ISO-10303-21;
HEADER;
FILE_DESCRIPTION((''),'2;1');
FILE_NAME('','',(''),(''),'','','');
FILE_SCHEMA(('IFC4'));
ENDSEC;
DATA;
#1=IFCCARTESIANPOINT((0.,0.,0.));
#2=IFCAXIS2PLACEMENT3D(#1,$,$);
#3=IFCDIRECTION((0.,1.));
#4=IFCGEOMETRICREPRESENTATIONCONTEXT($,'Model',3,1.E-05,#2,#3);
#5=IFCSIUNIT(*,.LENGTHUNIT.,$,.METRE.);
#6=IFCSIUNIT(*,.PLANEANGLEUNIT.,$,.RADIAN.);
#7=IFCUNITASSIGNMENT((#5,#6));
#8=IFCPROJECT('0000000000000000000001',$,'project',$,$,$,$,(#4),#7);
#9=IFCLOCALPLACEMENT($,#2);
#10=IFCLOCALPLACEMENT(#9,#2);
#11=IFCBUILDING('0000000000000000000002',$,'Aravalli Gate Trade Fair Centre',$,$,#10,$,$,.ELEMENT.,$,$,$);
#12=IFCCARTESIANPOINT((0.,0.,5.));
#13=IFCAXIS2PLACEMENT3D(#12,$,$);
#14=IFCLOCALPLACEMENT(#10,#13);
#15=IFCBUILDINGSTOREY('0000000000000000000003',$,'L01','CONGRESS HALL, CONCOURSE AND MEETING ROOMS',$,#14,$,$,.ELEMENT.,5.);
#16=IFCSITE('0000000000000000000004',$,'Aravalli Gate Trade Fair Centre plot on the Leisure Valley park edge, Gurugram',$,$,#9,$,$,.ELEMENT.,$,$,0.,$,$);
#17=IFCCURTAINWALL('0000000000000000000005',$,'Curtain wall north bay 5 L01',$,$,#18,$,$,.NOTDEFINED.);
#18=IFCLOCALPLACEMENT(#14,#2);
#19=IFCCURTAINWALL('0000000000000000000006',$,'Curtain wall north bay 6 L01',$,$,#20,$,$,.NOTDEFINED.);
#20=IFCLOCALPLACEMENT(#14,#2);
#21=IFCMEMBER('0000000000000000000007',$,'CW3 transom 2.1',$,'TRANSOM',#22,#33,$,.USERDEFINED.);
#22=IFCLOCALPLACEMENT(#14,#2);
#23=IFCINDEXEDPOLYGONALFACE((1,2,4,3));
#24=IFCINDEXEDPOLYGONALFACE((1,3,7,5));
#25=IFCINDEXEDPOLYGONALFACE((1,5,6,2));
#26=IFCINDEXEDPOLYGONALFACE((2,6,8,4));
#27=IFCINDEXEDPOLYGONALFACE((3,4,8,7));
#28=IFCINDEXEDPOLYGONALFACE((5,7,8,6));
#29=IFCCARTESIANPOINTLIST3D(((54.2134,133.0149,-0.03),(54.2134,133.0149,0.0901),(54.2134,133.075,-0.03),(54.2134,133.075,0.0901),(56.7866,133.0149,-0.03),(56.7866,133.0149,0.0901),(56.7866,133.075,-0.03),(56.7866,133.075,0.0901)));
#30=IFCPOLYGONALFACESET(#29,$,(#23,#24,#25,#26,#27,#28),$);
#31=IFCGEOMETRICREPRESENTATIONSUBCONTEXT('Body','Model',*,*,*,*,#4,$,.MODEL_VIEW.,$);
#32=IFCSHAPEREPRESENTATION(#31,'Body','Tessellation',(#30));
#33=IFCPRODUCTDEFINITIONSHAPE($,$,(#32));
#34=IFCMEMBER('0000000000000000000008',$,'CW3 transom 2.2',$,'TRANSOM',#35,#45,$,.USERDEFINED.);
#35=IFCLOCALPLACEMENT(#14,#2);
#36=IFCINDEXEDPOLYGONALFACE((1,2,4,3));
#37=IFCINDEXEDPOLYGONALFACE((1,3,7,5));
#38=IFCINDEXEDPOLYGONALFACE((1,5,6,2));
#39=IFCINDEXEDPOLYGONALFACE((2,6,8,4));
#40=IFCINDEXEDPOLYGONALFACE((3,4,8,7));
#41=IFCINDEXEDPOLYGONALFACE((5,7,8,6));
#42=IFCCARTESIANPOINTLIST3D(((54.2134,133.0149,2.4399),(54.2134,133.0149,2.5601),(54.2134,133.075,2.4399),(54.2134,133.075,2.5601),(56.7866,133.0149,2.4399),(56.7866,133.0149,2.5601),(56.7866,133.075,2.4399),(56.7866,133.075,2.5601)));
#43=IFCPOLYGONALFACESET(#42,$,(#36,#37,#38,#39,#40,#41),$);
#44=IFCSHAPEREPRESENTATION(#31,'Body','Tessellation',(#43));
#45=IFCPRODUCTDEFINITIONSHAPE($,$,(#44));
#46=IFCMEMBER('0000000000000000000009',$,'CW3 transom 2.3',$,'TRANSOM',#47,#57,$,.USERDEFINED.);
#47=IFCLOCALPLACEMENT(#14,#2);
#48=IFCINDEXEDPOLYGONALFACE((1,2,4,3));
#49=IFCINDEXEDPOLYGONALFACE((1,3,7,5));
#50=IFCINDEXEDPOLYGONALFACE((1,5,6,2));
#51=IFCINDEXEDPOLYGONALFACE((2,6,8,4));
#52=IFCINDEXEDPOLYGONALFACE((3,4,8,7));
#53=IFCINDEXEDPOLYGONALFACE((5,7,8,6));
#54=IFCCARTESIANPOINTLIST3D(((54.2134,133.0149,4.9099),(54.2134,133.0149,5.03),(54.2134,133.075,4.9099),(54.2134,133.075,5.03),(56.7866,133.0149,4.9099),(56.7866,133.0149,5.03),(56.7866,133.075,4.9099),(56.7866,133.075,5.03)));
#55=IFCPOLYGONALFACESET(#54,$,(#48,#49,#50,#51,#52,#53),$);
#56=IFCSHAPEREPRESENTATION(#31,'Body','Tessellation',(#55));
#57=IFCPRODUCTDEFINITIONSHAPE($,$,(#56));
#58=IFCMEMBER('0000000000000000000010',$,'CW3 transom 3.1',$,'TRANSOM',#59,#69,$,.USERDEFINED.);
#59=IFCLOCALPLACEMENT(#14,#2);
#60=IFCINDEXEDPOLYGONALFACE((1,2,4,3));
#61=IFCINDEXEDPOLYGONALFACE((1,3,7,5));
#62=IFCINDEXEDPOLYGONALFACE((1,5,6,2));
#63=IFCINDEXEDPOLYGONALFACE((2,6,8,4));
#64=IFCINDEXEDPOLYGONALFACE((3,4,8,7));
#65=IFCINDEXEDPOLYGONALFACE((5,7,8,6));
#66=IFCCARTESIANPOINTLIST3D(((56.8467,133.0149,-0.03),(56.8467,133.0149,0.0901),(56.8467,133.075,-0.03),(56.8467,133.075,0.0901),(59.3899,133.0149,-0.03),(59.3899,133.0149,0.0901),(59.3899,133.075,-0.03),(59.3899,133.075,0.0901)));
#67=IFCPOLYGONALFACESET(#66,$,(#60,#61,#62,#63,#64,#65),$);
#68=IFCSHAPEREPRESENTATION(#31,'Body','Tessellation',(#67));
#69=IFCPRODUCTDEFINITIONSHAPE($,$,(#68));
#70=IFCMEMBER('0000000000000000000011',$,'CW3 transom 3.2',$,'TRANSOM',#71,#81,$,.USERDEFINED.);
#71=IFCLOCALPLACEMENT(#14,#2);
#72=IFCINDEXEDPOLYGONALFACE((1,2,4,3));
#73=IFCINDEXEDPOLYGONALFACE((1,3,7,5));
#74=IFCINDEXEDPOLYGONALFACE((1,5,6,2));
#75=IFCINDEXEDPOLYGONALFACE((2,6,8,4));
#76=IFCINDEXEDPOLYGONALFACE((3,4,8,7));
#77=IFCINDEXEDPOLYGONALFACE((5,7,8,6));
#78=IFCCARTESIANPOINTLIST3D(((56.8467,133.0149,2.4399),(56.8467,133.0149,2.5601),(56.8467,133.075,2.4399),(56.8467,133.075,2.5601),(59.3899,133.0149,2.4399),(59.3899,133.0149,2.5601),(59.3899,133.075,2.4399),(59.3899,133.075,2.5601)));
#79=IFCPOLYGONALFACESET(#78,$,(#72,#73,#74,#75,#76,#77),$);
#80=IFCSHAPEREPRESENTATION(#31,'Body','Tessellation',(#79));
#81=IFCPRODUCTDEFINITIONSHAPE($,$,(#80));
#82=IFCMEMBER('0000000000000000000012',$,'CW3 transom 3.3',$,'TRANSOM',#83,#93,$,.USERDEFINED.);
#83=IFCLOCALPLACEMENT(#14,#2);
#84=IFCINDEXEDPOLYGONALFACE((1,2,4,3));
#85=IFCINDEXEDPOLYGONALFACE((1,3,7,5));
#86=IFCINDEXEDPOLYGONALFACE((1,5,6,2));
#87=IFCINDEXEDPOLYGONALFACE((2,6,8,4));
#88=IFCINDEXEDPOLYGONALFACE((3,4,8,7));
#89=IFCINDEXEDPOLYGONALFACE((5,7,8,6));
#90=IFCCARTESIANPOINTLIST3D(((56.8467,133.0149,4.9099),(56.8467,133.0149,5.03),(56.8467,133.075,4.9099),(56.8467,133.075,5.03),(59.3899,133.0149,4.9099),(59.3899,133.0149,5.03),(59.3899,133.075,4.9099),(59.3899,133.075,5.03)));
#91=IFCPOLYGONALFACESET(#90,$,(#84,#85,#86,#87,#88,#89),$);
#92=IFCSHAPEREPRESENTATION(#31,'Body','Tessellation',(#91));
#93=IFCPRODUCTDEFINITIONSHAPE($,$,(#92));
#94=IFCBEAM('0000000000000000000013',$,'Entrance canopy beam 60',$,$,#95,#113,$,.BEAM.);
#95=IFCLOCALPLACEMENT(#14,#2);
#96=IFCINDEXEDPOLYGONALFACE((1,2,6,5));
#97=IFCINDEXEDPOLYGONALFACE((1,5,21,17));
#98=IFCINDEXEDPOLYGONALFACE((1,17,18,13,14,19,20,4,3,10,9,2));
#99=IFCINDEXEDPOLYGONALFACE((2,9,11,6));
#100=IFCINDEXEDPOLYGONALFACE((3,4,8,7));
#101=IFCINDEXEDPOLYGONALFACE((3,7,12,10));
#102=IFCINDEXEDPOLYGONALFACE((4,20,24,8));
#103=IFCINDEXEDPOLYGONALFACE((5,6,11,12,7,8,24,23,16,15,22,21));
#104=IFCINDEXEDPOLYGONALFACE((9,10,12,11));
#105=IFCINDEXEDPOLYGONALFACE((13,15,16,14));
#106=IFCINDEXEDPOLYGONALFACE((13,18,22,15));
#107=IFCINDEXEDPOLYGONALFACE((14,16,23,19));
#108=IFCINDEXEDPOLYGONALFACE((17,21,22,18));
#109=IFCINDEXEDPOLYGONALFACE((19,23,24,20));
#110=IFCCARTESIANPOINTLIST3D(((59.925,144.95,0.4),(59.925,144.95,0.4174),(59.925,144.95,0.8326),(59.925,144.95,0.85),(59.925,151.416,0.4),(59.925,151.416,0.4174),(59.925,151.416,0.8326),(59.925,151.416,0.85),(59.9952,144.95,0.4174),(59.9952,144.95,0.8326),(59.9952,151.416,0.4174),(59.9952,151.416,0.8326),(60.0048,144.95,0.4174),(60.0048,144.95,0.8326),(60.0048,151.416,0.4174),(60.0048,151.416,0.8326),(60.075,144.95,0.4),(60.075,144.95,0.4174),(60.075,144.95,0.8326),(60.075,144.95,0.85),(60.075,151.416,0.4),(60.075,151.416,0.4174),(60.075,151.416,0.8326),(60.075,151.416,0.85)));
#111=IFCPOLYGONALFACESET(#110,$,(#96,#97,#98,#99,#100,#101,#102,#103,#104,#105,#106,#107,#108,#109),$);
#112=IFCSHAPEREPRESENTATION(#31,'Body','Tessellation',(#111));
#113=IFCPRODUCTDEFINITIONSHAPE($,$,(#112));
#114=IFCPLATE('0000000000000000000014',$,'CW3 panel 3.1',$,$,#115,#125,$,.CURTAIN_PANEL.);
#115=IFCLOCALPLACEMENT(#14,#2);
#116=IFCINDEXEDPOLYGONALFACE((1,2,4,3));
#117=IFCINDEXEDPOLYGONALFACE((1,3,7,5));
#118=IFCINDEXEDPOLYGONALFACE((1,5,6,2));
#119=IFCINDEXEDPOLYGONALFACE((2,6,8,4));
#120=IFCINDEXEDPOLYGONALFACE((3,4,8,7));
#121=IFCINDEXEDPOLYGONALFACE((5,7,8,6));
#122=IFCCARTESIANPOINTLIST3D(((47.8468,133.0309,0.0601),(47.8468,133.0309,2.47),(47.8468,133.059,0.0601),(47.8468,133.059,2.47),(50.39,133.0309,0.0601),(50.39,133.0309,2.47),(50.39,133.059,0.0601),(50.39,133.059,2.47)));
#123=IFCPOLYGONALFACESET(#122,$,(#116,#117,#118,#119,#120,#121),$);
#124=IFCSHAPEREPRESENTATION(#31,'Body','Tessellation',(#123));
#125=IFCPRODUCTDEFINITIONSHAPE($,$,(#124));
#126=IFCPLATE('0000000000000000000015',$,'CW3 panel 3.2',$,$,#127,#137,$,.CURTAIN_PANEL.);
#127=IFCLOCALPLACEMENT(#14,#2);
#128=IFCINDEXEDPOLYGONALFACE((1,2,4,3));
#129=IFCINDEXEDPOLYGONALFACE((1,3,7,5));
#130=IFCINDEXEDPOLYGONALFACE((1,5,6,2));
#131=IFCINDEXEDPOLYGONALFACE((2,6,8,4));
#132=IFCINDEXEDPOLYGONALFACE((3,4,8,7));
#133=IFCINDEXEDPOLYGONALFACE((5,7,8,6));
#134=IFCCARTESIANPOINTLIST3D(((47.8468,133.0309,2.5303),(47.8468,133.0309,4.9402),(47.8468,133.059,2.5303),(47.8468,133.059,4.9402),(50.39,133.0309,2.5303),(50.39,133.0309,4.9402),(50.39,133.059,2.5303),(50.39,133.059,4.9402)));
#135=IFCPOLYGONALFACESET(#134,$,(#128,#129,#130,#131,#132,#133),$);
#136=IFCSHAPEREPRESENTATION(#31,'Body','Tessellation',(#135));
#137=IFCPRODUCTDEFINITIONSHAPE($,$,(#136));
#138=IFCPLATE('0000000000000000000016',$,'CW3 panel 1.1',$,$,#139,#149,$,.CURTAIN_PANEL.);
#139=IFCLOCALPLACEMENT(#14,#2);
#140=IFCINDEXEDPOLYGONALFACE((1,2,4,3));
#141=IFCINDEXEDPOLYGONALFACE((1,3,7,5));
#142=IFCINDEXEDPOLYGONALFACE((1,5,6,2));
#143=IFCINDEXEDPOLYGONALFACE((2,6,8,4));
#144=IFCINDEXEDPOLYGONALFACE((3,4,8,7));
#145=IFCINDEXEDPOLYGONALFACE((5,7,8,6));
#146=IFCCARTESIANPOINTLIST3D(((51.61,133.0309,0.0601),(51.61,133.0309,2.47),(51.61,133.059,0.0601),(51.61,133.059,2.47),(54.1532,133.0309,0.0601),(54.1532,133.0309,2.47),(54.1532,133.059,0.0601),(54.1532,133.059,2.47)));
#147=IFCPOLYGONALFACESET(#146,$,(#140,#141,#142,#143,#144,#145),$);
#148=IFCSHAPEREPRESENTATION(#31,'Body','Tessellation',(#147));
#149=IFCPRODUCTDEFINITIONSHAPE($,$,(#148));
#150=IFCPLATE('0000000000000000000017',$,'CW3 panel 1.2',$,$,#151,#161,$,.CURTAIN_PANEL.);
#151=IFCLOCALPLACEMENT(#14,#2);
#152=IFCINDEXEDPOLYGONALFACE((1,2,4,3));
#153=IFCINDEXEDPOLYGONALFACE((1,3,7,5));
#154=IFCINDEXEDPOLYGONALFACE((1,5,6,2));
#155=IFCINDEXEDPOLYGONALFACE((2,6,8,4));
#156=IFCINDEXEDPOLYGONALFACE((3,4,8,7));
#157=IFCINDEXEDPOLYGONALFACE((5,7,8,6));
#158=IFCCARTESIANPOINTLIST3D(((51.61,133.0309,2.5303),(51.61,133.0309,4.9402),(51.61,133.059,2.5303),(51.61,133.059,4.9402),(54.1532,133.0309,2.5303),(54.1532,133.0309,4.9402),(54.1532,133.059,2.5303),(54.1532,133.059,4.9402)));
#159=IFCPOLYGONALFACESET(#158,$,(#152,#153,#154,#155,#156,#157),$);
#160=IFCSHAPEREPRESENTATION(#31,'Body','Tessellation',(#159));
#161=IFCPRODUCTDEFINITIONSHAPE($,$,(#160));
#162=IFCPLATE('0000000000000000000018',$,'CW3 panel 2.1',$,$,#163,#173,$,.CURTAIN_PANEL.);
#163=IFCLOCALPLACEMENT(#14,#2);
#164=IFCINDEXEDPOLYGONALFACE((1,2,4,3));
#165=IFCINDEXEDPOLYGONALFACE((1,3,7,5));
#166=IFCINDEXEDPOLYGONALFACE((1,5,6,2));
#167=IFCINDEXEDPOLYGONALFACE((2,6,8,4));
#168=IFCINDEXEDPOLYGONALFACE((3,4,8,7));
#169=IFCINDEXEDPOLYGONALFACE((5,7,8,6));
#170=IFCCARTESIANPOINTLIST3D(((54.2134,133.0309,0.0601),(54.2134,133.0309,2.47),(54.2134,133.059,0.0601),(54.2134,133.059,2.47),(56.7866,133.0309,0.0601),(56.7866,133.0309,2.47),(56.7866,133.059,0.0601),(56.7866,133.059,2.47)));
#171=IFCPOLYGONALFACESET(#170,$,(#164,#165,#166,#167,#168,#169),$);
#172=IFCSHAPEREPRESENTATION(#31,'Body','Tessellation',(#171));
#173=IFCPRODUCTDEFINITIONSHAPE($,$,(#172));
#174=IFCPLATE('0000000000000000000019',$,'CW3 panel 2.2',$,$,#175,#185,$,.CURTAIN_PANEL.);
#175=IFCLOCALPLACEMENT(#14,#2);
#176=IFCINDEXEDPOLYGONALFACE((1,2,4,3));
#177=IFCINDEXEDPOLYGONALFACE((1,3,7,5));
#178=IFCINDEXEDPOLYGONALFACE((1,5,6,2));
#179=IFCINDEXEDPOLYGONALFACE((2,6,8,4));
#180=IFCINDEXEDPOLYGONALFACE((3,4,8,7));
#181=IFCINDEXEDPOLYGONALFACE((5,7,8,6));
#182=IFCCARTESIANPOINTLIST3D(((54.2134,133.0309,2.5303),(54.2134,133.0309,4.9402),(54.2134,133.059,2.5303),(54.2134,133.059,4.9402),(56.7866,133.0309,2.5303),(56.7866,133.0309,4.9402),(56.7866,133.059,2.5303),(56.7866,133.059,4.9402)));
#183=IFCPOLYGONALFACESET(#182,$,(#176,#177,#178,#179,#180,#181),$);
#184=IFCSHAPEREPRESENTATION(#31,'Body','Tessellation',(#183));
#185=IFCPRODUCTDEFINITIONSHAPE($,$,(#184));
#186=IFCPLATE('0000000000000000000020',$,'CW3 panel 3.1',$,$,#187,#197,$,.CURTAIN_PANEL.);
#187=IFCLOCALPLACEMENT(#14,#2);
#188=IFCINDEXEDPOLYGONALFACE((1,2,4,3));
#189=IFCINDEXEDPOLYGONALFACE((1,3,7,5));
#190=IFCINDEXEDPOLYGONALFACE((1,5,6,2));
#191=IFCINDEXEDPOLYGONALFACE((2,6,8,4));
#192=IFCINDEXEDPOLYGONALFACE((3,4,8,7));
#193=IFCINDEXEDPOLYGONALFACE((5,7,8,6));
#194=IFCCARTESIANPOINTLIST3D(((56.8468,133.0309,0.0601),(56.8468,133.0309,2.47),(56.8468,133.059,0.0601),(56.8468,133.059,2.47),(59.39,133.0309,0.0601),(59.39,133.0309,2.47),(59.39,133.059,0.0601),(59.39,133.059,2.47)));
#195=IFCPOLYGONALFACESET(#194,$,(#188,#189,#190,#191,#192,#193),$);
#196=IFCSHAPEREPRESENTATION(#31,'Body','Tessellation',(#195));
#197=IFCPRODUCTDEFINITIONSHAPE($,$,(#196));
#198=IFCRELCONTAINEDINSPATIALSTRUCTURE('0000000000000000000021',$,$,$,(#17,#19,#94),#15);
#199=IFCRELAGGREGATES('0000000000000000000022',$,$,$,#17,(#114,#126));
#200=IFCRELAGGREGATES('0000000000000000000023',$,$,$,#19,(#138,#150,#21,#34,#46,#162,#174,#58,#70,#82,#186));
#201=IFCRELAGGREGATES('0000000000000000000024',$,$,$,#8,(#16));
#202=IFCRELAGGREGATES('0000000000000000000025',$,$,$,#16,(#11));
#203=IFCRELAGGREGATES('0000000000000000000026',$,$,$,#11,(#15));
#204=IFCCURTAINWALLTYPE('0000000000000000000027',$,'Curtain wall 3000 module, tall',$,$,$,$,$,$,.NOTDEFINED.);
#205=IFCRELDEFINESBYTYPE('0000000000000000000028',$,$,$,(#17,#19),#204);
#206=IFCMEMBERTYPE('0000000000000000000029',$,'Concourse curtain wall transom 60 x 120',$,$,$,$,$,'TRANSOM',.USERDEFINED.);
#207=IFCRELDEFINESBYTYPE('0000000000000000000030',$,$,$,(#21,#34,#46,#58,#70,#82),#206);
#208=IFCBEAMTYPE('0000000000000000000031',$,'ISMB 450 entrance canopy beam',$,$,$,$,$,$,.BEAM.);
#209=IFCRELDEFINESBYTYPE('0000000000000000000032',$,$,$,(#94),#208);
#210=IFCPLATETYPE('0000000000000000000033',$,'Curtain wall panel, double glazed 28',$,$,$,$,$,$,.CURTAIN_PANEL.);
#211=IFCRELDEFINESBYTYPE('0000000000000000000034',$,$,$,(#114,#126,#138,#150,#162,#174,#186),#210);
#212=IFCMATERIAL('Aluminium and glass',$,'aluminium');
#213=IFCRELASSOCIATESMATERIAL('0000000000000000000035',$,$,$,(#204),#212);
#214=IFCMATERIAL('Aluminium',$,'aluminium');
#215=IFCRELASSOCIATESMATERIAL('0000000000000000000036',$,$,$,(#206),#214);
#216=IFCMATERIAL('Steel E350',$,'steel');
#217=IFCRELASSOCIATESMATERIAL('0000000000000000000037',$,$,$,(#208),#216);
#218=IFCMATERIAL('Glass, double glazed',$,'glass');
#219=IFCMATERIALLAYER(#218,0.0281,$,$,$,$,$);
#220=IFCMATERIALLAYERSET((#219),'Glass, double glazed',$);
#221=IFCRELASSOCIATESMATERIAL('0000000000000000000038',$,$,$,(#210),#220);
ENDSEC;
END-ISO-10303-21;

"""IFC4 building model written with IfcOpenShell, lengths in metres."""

from ifc_helpers import new_model, si_unit, direction, frame, origin, origin_2d, place, context, subcontext, project, spatial, rectangle, i_section, extrude, material, layer, layer_set, material_profile, profile_set, type_object, element, aggregate, save


model = new_model("IFC4")

# Units and contexts
model_context = context("Model", 3, precision=1e-05, world=origin(), true_north=direction((0.0, 1.0)))
body_context = subcontext(model_context, "Body", "Model", "MODEL_VIEW")
ifc_project = project(units=[si_unit("LENGTHUNIT", "METRE"), si_unit("PLANEANGLEUNIT", "RADIAN")], contexts=[model_context])

# Site, building, storey
site_placement = place(None, origin())
site = spatial("IfcSite", under=ifc_project, at=site_placement, Name="Aravalli Gate Trade Fair Centre plot on the Leisure Valley park edge, Gurugram", CompositionType="ELEMENT", RefElevation=0.0)
building_placement = place(site_placement, origin())
building = spatial("IfcBuilding", under=site, at=building_placement, Name="Aravalli Gate Trade Fair Centre", CompositionType="ELEMENT")
storey_placement = place(building_placement, frame((0.0, 0.0, 5.0)))
storey = spatial("IfcBuildingStorey", under=building, at=storey_placement, Name="L01", Description="CONGRESS HALL, CONCOURSE AND MEETING ROOMS", CompositionType="ELEMENT", Elevation=5.0)

# Curtain walls
ifc_material_1 = material(Name="Aluminium and glass", Category="aluminium")
curtain_wall_type = type_object("IfcCurtainWallType", Name="Curtain wall 3000 module, tall", PredefinedType="NOTDEFINED", material=ifc_material_1)
curtain_wall_1_placement = place(storey_placement, origin())
curtain_wall_1 = element("IfcCurtainWall", 1, at=curtain_wall_1_placement, inside=storey, type_object=curtain_wall_type, Name="Curtain wall north bay 5 L01", PredefinedType="NOTDEFINED")
ifc_material_2 = material(Name="Aluminium", Category="aluminium")
curtain_wall_2_placement = place(storey_placement, origin())
curtain_wall_2 = element("IfcCurtainWall", 2, at=curtain_wall_2_placement, inside=storey, type_object=curtain_wall_type, Name="Curtain wall north bay 6 L01", PredefinedType="NOTDEFINED")

# Members
ifc_material_profile_1 = material_profile(ifc_material_2, rectangle(XDim=0.0601, YDim=0.1201, at=origin_2d()), Name="Concourse curtain wall transom 60 x 120")
ifc_profile_set_1 = profile_set([ifc_material_profile_1], Name="Aluminium")
member_type_1 = type_object("IfcMemberType", Name="Concourse curtain wall transom 60 x 120", ElementType="TRANSOM", PredefinedType="USERDEFINED", material=ifc_profile_set_1)
member_1_placement = place(storey_placement, frame((54.2134, 133.0449, 0.03), z_axis=(1.0, 0.0, 0.0), x_axis=(0.0, 1.0, 0.0)))
member_1 = element("IfcMember", 3, at=member_1_placement, type_object=member_type_1, Name="CW3 transom 2.1", ObjectType="TRANSOM", PredefinedType="USERDEFINED", context=body_context, shape_type="SweptSolid", body=[
    extrude(rectangle(XDim=0.0601, YDim=0.1201, at=origin_2d()), origin(), (0.0, 0.0, 1.0), 2.5732),
])
member_2_placement = place(storey_placement, frame((54.2134, 133.0449, 2.5), z_axis=(1.0, 0.0, 0.0), x_axis=(0.0, 1.0, 0.0)))
member_2 = element("IfcMember", 4, at=member_2_placement, type_object=member_type_1, Name="CW3 transom 2.2", ObjectType="TRANSOM", PredefinedType="USERDEFINED", context=body_context, shape_type="SweptSolid", body=[
    extrude(rectangle(XDim=0.0601, YDim=0.1201, at=origin_2d()), origin(), (0.0, 0.0, 1.0), 2.5732),
])
member_3_placement = place(storey_placement, frame((54.2134, 133.0449, 4.97), z_axis=(1.0, 0.0, 0.0), x_axis=(0.0, 1.0, 0.0)))
member_3 = element("IfcMember", 5, at=member_3_placement, type_object=member_type_1, Name="CW3 transom 2.3", ObjectType="TRANSOM", PredefinedType="USERDEFINED", context=body_context, shape_type="SweptSolid", body=[
    extrude(rectangle(XDim=0.0601, YDim=0.1201, at=origin_2d()), origin(), (0.0, 0.0, 1.0), 2.5732),
])
member_4_placement = place(storey_placement, frame((56.8467, 133.0449, 0.03), z_axis=(1.0, 0.0, 0.0), x_axis=(0.0, 1.0, 0.0)))
member_4 = element("IfcMember", 6, at=member_4_placement, type_object=member_type_1, Name="CW3 transom 3.1", ObjectType="TRANSOM", PredefinedType="USERDEFINED", context=body_context, shape_type="SweptSolid", body=[
    extrude(rectangle(XDim=0.0601, YDim=0.1201, at=origin_2d()), origin(), (0.0, 0.0, 1.0), 2.5432),
])
member_5_placement = place(storey_placement, frame((56.8467, 133.0449, 2.5), z_axis=(1.0, 0.0, 0.0), x_axis=(0.0, 1.0, 0.0)))
member_5 = element("IfcMember", 7, at=member_5_placement, type_object=member_type_1, Name="CW3 transom 3.2", ObjectType="TRANSOM", PredefinedType="USERDEFINED", context=body_context, shape_type="SweptSolid", body=[
    extrude(rectangle(XDim=0.0601, YDim=0.1201, at=origin_2d()), origin(), (0.0, 0.0, 1.0), 2.5432),
])
member_6_placement = place(storey_placement, frame((56.8467, 133.0449, 4.97), z_axis=(1.0, 0.0, 0.0), x_axis=(0.0, 1.0, 0.0)))
member_6 = element("IfcMember", 8, at=member_6_placement, type_object=member_type_1, Name="CW3 transom 3.3", ObjectType="TRANSOM", PredefinedType="USERDEFINED", context=body_context, shape_type="SweptSolid", body=[
    extrude(rectangle(XDim=0.0601, YDim=0.1201, at=origin_2d()), origin(), (0.0, 0.0, 1.0), 2.5432),
])

# Beam
ifc_material_3 = material(Name="Steel E350", Category="steel")
ifc_material_profile_2 = material_profile(ifc_material_3, i_section(OverallWidth=0.1499, OverallDepth=0.45, WebThickness=0.0095, FlangeThickness=0.0173, at=origin_2d()), Name="ISMB 450")
ifc_profile_set_2 = profile_set([ifc_material_profile_2], Name="Steel E350")
beam_type = type_object("IfcBeamType", Name="ISMB 450 entrance canopy beam", PredefinedType="BEAM", material=ifc_profile_set_2)
beam_placement = place(storey_placement, frame((60.0, 144.95, 0.625), z_axis=(0.0, 1.0, 0.0), x_axis=(-1.0, 0.0, 0.0)))
element("IfcBeam", 9, at=beam_placement, inside=storey, type_object=beam_type, Name="Entrance canopy beam 60", PredefinedType="BEAM", context=body_context, shape_type="SweptSolid", body=[
    extrude(i_section(OverallWidth=0.1499, OverallDepth=0.45, WebThickness=0.0095, FlangeThickness=0.0173, at=origin_2d()), origin(), (0.0, 0.0, 1.0), 6.4661),
])

# Plates
ifc_material_4 = material(Name="Glass, double glazed", Category="glass")
ifc_layer_1 = layer(ifc_material_4, 0.0281)
ifc_layer_set_1 = layer_set([ifc_layer_1], Name="Glass, double glazed")
plate_type = type_object("IfcPlateType", Name="Curtain wall panel, double glazed 28", PredefinedType="CURTAIN_PANEL", material=ifc_layer_set_1)
plate_1_placement = place(storey_placement, frame((49.1184, 133.0449, 0.0601), z_axis=(0.0, 0.0, 1.0), x_axis=(1.0, 0.0, 0.0)))
plate_1 = element("IfcPlate", 10, at=plate_1_placement, type_object=plate_type, Name="CW3 panel 3.1", PredefinedType="CURTAIN_PANEL", context=body_context, shape_type="SweptSolid", body=[
    extrude(rectangle(XDim=2.5432, YDim=0.0281, at=origin_2d()), origin(), (0.0, 0.0, 1.0), 2.4099),
])
plate_2_placement = place(storey_placement, frame((49.1184, 133.0449, 2.5303), z_axis=(0.0, 0.0, 1.0), x_axis=(1.0, 0.0, 0.0)))
plate_2 = element("IfcPlate", 11, at=plate_2_placement, type_object=plate_type, Name="CW3 panel 3.2", PredefinedType="CURTAIN_PANEL", context=body_context, shape_type="SweptSolid", body=[
    extrude(rectangle(XDim=2.5432, YDim=0.0281, at=origin_2d()), origin(), (0.0, 0.0, 1.0), 2.4099),
])
aggregate(curtain_wall_1, [plate_1, plate_2])
plate_3_placement = place(storey_placement, frame((52.8816, 133.0449, 0.0601), z_axis=(0.0, 0.0, 1.0), x_axis=(1.0, 0.0, 0.0)))
plate_3 = element("IfcPlate", 12, at=plate_3_placement, type_object=plate_type, Name="CW3 panel 1.1", PredefinedType="CURTAIN_PANEL", context=body_context, shape_type="SweptSolid", body=[
    extrude(rectangle(XDim=2.5432, YDim=0.0281, at=origin_2d()), origin(), (0.0, 0.0, 1.0), 2.4099),
])
plate_4_placement = place(storey_placement, frame((52.8816, 133.0449, 2.5303), z_axis=(0.0, 0.0, 1.0), x_axis=(1.0, 0.0, 0.0)))
plate_4 = element("IfcPlate", 13, at=plate_4_placement, type_object=plate_type, Name="CW3 panel 1.2", PredefinedType="CURTAIN_PANEL", context=body_context, shape_type="SweptSolid", body=[
    extrude(rectangle(XDim=2.5432, YDim=0.0281, at=origin_2d()), origin(), (0.0, 0.0, 1.0), 2.4099),
])
plate_5_placement = place(storey_placement, frame((55.5, 133.0449, 0.0601), z_axis=(0.0, 0.0, 1.0), x_axis=(1.0, 0.0, 0.0)))
plate_5 = element("IfcPlate", 14, at=plate_5_placement, type_object=plate_type, Name="CW3 panel 2.1", PredefinedType="CURTAIN_PANEL", context=body_context, shape_type="SweptSolid", body=[
    extrude(rectangle(XDim=2.5732, YDim=0.0281, at=origin_2d()), origin(), (0.0, 0.0, 1.0), 2.4099),
])
plate_6_placement = place(storey_placement, frame((55.5, 133.0449, 2.5303), z_axis=(0.0, 0.0, 1.0), x_axis=(1.0, 0.0, 0.0)))
plate_6 = element("IfcPlate", 15, at=plate_6_placement, type_object=plate_type, Name="CW3 panel 2.2", PredefinedType="CURTAIN_PANEL", context=body_context, shape_type="SweptSolid", body=[
    extrude(rectangle(XDim=2.5732, YDim=0.0281, at=origin_2d()), origin(), (0.0, 0.0, 1.0), 2.4099),
])
plate_7_placement = place(storey_placement, frame((58.1184, 133.0449, 0.0601), z_axis=(0.0, 0.0, 1.0), x_axis=(1.0, 0.0, 0.0)))
plate_7 = element("IfcPlate", 16, at=plate_7_placement, type_object=plate_type, Name="CW3 panel 3.1", PredefinedType="CURTAIN_PANEL", context=body_context, shape_type="SweptSolid", body=[
    extrude(rectangle(XDim=2.5432, YDim=0.0281, at=origin_2d()), origin(), (0.0, 0.0, 1.0), 2.4099),
])
aggregate(curtain_wall_2, [plate_3, plate_4, member_1, member_2, member_3, plate_5, plate_6, member_4, member_5, member_6, plate_7])

save(model, "model.ifc")
